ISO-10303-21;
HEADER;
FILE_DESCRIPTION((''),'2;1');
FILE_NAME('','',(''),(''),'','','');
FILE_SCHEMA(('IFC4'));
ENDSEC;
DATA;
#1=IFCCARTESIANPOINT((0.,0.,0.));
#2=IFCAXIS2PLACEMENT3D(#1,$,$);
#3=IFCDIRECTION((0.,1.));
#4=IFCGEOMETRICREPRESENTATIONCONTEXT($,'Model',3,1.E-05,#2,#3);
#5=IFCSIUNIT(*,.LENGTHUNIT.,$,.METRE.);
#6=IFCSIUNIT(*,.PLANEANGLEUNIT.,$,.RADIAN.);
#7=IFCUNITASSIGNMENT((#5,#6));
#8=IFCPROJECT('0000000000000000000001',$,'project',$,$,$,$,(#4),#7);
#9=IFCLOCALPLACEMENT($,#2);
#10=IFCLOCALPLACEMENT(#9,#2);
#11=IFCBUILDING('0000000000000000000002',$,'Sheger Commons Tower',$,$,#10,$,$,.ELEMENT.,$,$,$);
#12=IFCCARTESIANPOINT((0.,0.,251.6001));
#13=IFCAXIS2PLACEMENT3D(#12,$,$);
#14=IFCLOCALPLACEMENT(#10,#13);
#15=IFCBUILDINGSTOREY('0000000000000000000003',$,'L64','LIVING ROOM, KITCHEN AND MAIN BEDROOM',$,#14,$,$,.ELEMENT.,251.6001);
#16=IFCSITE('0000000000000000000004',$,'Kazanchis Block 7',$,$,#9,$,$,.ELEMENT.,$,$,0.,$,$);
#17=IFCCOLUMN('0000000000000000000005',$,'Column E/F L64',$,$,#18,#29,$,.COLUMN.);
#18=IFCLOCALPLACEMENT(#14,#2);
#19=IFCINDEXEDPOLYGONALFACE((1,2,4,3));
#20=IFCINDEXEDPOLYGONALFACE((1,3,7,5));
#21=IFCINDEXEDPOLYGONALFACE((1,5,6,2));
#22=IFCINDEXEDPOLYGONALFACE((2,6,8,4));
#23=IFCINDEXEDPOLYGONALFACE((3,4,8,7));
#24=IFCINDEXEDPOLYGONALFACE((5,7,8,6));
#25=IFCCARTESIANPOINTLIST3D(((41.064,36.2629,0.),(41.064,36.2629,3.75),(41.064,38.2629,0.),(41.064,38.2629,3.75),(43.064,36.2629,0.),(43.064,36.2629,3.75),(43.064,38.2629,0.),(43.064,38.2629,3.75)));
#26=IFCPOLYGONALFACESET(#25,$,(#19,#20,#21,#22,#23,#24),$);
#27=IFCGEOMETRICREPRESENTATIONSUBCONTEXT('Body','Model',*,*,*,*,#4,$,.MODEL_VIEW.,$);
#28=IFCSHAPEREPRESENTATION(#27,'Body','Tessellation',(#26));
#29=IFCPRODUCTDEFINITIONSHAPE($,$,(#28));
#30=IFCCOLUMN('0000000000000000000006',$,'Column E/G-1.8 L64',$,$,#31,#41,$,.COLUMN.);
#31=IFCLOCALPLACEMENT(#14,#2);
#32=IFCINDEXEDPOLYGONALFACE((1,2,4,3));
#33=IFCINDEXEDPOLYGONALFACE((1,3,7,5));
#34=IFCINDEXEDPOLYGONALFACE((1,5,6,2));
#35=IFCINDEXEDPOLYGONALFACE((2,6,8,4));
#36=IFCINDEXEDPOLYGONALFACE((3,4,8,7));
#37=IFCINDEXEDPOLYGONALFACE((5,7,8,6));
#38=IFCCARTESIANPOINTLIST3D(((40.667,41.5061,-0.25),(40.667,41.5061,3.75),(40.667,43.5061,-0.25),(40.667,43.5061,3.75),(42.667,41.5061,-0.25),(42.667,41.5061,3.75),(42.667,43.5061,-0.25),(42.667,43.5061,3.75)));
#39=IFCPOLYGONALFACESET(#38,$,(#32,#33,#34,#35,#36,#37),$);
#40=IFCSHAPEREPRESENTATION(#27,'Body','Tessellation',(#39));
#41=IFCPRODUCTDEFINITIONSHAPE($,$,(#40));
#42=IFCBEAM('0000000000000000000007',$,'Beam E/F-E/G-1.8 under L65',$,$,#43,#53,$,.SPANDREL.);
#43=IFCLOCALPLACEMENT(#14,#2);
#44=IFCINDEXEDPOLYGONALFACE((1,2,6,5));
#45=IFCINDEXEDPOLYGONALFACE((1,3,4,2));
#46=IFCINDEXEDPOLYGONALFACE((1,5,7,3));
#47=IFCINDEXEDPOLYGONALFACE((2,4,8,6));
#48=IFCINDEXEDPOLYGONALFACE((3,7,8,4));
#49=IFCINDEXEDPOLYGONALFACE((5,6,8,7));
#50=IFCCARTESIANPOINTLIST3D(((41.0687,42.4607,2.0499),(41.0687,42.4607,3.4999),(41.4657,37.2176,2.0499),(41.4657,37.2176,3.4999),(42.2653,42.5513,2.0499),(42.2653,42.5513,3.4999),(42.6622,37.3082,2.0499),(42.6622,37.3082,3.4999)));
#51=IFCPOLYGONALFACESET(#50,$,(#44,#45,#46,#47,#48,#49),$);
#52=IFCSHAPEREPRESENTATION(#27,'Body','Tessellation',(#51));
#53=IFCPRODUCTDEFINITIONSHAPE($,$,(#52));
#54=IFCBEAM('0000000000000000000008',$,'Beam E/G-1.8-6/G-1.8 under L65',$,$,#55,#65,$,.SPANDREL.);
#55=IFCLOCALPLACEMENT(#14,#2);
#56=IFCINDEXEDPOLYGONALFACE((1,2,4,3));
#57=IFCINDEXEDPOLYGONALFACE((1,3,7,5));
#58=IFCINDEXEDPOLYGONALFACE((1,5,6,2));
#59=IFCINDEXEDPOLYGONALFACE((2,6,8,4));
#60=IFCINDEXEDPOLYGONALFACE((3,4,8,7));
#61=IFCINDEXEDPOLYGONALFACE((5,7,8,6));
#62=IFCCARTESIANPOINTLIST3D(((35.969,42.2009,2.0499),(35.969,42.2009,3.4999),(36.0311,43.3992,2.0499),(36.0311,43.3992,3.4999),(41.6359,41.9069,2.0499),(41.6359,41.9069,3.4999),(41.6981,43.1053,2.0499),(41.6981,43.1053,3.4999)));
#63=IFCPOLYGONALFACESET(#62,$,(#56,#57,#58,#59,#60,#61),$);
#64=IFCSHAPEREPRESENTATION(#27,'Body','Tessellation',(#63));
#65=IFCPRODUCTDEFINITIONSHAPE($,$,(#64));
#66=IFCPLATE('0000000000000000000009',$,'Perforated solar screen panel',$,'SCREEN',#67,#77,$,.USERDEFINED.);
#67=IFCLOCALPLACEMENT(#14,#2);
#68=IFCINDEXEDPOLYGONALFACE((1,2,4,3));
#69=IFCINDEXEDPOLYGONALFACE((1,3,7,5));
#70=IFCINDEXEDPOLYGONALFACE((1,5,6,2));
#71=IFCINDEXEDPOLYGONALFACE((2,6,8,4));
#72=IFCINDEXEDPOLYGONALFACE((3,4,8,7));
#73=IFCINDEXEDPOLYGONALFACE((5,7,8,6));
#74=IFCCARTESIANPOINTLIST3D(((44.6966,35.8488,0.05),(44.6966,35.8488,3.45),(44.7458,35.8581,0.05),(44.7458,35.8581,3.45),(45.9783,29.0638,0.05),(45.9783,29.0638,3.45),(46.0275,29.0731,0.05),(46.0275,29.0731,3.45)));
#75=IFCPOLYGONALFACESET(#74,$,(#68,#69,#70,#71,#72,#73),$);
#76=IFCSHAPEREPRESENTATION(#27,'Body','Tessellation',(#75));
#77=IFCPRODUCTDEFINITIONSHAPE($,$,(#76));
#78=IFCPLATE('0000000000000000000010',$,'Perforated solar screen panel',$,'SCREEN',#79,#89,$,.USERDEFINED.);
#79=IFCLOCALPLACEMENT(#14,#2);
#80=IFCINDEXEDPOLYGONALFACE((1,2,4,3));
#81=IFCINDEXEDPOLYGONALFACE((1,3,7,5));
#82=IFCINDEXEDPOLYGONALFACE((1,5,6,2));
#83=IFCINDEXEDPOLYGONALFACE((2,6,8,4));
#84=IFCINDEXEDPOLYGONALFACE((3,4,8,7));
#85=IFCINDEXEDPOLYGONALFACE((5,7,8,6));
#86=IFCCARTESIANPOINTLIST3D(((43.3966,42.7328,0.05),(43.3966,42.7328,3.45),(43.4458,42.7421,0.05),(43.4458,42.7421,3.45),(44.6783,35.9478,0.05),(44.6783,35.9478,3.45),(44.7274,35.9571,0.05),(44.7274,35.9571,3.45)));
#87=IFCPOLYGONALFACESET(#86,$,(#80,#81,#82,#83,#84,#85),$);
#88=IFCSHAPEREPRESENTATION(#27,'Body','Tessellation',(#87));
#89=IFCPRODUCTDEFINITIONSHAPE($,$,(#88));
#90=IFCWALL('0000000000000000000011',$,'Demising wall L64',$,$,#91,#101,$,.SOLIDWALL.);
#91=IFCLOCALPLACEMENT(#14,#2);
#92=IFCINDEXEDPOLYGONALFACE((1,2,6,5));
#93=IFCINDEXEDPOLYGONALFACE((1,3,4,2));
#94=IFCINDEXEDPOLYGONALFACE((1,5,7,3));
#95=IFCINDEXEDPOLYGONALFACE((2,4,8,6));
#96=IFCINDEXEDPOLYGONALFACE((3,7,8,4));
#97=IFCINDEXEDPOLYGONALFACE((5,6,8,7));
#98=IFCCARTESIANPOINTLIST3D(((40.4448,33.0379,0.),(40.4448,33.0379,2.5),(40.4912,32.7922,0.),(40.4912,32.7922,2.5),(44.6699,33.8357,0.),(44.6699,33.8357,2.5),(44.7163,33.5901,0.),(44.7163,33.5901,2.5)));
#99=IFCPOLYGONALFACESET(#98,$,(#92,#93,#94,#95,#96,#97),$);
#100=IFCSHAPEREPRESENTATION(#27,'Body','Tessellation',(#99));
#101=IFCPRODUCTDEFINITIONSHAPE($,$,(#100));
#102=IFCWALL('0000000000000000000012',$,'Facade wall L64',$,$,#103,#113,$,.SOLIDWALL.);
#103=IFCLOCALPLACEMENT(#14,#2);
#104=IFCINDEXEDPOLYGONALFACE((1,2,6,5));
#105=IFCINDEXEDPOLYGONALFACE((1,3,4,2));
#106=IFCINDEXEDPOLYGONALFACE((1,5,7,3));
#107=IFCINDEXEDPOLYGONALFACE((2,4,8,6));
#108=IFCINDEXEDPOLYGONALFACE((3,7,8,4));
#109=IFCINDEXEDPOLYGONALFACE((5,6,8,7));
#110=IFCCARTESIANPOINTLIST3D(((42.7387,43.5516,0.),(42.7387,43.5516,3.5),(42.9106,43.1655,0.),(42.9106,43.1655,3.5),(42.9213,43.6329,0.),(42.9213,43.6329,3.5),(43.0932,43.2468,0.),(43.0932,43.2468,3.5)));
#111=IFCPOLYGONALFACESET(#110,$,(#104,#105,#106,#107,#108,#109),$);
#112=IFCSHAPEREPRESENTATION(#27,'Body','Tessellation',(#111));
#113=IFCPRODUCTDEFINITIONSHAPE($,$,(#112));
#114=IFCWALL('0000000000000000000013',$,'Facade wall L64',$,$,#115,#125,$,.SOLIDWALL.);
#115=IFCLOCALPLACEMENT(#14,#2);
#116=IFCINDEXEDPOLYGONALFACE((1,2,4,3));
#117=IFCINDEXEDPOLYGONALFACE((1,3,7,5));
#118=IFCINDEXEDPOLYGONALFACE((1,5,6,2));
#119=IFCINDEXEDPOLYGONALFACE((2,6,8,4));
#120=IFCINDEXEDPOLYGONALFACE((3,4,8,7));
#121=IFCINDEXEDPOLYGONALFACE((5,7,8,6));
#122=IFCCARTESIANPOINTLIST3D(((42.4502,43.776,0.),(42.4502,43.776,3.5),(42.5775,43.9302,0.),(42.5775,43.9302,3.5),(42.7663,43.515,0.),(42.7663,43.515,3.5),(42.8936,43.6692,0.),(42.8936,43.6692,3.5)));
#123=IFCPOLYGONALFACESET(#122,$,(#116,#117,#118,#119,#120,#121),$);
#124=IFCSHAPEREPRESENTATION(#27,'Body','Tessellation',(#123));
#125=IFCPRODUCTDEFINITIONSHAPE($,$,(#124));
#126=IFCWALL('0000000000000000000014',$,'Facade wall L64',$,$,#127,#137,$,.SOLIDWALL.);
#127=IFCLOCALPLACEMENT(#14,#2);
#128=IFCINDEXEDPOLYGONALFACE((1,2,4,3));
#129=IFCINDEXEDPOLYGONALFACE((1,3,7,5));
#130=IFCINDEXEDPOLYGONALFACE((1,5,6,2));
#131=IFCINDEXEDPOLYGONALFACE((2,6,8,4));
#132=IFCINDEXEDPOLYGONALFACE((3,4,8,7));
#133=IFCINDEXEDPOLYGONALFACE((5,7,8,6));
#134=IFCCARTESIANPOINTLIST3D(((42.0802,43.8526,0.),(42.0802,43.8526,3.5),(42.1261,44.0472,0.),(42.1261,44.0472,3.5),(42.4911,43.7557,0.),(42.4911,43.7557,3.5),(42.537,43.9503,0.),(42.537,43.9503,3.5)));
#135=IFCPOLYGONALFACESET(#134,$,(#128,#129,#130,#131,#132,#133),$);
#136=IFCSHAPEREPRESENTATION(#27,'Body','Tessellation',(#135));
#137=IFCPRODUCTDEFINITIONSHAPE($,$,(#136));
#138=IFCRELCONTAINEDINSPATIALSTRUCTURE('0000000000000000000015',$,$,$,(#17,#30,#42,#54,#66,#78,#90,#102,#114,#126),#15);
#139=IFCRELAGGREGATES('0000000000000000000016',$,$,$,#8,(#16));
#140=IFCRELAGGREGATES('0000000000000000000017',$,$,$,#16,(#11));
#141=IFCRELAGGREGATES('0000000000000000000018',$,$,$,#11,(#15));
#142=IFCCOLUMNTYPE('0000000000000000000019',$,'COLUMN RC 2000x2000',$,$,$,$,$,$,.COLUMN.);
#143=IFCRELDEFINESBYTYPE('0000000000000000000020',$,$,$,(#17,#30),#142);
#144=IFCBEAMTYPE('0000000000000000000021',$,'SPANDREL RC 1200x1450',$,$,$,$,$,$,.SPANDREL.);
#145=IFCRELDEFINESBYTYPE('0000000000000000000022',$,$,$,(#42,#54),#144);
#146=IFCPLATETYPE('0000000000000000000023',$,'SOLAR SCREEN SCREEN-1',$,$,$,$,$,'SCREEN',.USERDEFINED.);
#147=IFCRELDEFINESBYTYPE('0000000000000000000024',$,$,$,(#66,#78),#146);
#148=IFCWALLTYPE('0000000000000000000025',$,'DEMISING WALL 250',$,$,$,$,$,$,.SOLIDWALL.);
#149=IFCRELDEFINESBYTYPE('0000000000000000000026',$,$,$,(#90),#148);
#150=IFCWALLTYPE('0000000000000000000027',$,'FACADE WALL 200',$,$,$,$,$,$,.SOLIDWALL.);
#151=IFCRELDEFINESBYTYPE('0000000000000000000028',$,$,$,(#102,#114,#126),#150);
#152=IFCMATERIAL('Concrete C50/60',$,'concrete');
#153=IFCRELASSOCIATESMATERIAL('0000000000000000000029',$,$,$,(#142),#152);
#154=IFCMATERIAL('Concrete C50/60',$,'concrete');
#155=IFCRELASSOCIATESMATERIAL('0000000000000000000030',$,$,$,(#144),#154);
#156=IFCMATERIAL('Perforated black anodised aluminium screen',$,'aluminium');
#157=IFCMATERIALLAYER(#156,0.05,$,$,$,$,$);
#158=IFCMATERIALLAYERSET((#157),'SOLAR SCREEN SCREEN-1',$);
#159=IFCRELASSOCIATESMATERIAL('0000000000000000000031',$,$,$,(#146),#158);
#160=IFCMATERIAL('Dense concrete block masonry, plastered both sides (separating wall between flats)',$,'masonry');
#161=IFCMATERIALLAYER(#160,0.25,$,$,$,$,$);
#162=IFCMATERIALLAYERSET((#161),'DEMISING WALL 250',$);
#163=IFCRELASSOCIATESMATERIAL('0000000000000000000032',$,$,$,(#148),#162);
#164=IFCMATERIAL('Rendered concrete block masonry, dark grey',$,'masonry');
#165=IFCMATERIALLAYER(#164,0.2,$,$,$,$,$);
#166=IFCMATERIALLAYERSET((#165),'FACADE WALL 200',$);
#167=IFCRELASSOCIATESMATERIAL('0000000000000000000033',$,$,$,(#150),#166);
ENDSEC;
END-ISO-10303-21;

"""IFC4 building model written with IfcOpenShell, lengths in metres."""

from ifc_helpers import new_model, si_unit, direction, frame, frame_2d, origin, origin_2d, place, context, subcontext, project, spatial, rectangle, extrude, material, layer, layer_set, material_profile, profile_set, type_object, element, save


model = new_model("IFC4")

# Units and contexts
model_context = context("Model", 3, precision=1e-05, world=origin(), true_north=direction((0.0, 1.0)))
body_context = subcontext(model_context, "Body", "Model", "MODEL_VIEW")
ifc_project = project(units=[si_unit("LENGTHUNIT", "METRE"), si_unit("PLANEANGLEUNIT", "RADIAN")], contexts=[model_context])

# Site, building, storey
site_placement = place(None, origin())
site = spatial("IfcSite", under=ifc_project, at=site_placement, Name="Kazanchis Block 7", CompositionType="ELEMENT", RefElevation=0.0)
building_placement = place(site_placement, origin())
building = spatial("IfcBuilding", under=site, at=building_placement, Name="Sheger Commons Tower", CompositionType="ELEMENT")
storey_placement = place(building_placement, frame((0.0, 0.0, 251.6001)))
storey = spatial("IfcBuildingStorey", under=building, at=storey_placement, Name="L64", Description="LIVING ROOM, KITCHEN AND MAIN BEDROOM", CompositionType="ELEMENT", Elevation=251.6001)

# Columns
ifc_material_1 = material(Name="Concrete C50/60", Category="concrete")
ifc_material_profile_1 = material_profile(ifc_material_1, rectangle(XDim=2.0, YDim=2.0, at=origin_2d()), Name="RC 2000x2000")
ifc_profile_set_1 = profile_set([ifc_material_profile_1], Name="Concrete C50/60")
column_type = type_object("IfcColumnType", Name="COLUMN RC 2000x2000", PredefinedType="COLUMN", material=ifc_profile_set_1)
column_1_placement = place(storey_placement, frame((42.064, 37.2629, 0.0), z_axis=(0.0, 0.0, 1.0), x_axis=(1.0, 0.0, 0.0)))
element("IfcColumn", 1, at=column_1_placement, inside=storey, type_object=column_type, Name="Column E/F L64", PredefinedType="COLUMN", context=body_context, shape_type="SweptSolid", body=[
    extrude(rectangle(XDim=2.0, YDim=2.0, at=origin_2d()), origin(), (0.0, 0.0, 1.0), 3.75),
])
column_2_placement = place(storey_placement, frame((41.667, 42.5061, -0.25), z_axis=(0.0, 0.0, 1.0), x_axis=(1.0, 0.0, 0.0)))
element("IfcColumn", 2, at=column_2_placement, inside=storey, type_object=column_type, Name="Column E/G-1.8 L64", PredefinedType="COLUMN", context=body_context, shape_type="SweptSolid", body=[
    extrude(rectangle(XDim=2.0, YDim=2.0, at=origin_2d()), origin(), (0.0, 0.0, 1.0), 4.0),
])

# Beams
ifc_material_2 = material(Name="Concrete C50/60", Category="concrete")
ifc_material_profile_2 = material_profile(ifc_material_2, rectangle(XDim=1.2, YDim=1.45, at=origin_2d()), Name="RC 1200x1450")
ifc_profile_set_2 = profile_set([ifc_material_profile_2], Name="Concrete C50/60")
beam_type = type_object("IfcBeamType", Name="SPANDREL RC 1200x1450", PredefinedType="SPANDREL", material=ifc_profile_set_2)
beam_1_placement = place(storey_placement, frame((42.064, 37.2629, 2.7749), z_axis=(-0.075496, 0.997146, 0.0), x_axis=(-0.997146, -0.075496, 0.0)))
element("IfcBeam", 3, at=beam_1_placement, inside=storey, type_object=beam_type, Name="Beam E/F-E/G-1.8 under L65", PredefinedType="SPANDREL", context=body_context, shape_type="SweptSolid", body=[
    extrude(rectangle(XDim=1.2, YDim=1.45, at=origin_2d()), origin(), (0.0, 0.0, 1.0), 5.2581),
])
beam_2_placement = place(storey_placement, frame((41.667, 42.5061, 2.7749), z_axis=(-0.998657, 0.0518, 0.0), x_axis=(-0.0518, -0.998657, 0.0)))
element("IfcBeam", 4, at=beam_2_placement, inside=storey, type_object=beam_type, Name="Beam E/G-1.8-6/G-1.8 under L65", PredefinedType="SPANDREL", context=body_context, shape_type="SweptSolid", body=[
    extrude(rectangle(XDim=1.2, YDim=1.45, at=origin_2d()), origin(), (0.0, 0.0, 1.0), 5.6746),
])

# Plates
ifc_material_3 = material(Name="Perforated black anodised aluminium screen", Category="aluminium")
ifc_layer_1 = layer(ifc_material_3, 0.05)
ifc_layer_set_1 = layer_set([ifc_layer_1], Name="SOLAR SCREEN SCREEN-1")
plate_type = type_object("IfcPlateType", Name="SOLAR SCREEN SCREEN-1", ElementType="SCREEN", PredefinedType="USERDEFINED", material=ifc_layer_set_1)
for number, where, z_axis, x_axis, name in (
    (5, (45.3621, 32.4609, 0.05), (0.0, 0.0, 1.0), (-0.185615, 0.982623, 0.0), "Perforated solar screen panel"),
    (6, (44.062, 39.345, 0.05), (0.0, 0.0, 1.0), (-0.185615, 0.982623, 0.0), "Perforated solar screen panel"),
):
    element("IfcPlate", number, at=place(storey_placement, frame(where, z_axis=z_axis, x_axis=x_axis)), inside=storey, type_object=plate_type, Name=name, ObjectType="SCREEN", PredefinedType="USERDEFINED", context=body_context, shape_type="SweptSolid", body=[
        extrude(rectangle(XDim=6.905, YDim=0.05, at=origin_2d()), origin(), (0.0, 0.0, 1.0), 3.3999),
    ])

# Walls
ifc_material_4 = material(Name="Dense concrete block masonry, plastered both sides (separating wall between flats)", Category="masonry")
ifc_layer_2 = layer(ifc_material_4, 0.25)
ifc_layer_set_2 = layer_set([ifc_layer_2], Name="DEMISING WALL 250")
wall_type_1 = type_object("IfcWallType", Name="DEMISING WALL 250", PredefinedType="SOLIDWALL", material=ifc_layer_set_2)
wall_1_placement = place(storey_placement, frame((44.6931, 33.7129, 0.0), z_axis=(0.0, 0.0, 1.0), x_axis=(-0.982634, -0.185557, 0.0)))
element("IfcWall", 7, at=wall_1_placement, inside=storey, type_object=wall_type_1, Name="Demising wall L64", PredefinedType="SOLIDWALL", context=body_context, shape_type="SweptSolid", body=[
    extrude(rectangle(XDim=4.2998, YDim=0.25, at=frame_2d((2.1499, 0.0))), origin(), (0.0, 0.0, 1.0), 2.5),
])
ifc_material_5 = material(Name="Rendered concrete block masonry, dark grey", Category="masonry")
ifc_layer_3 = layer(ifc_material_5, 0.2)
ifc_layer_set_3 = layer_set([ifc_layer_3], Name="FACADE WALL 200")
wall_type_2 = type_object("IfcWallType", Name="FACADE WALL 200", PredefinedType="SOLIDWALL", material=ifc_layer_set_3)
wall_2_placement = place(storey_placement, frame((43.002, 43.2061, 0.0), z_axis=(0.0, 0.0, 1.0), x_axis=(-0.406782, 0.913525, 0.0)))
element("IfcWall", 8, at=wall_2_placement, inside=storey, type_object=wall_type_2, Name="Facade wall L64", PredefinedType="SOLIDWALL", context=body_context, shape_type="SweptSolid", body=[
    extrude(rectangle(XDim=0.4226, YDim=0.2, at=frame_2d((0.2114, 0.0))), origin(), (0.0, 0.0, 1.0), 3.5),
])
wall_3_placement = place(storey_placement, frame((42.8301, 43.592, 0.0), z_axis=(0.0, 0.0, 1.0), x_axis=(-0.771191, 0.636604, 0.0)))
element("IfcWall", 9, at=wall_3_placement, inside=storey, type_object=wall_type_2, Name="Facade wall L64", PredefinedType="SOLIDWALL", context=body_context, shape_type="SweptSolid", body=[
    extrude(rectangle(XDim=0.4099, YDim=0.2, at=frame_2d((0.2051, 0.0))), origin(), (0.0, 0.0, 1.0), 3.5),
])
wall_4_placement = place(storey_placement, frame((42.5139, 43.853, 0.0), z_axis=(0.0, 0.0, 1.0), x_axis=(-0.973288, 0.229587, 0.0)))
element("IfcWall", 10, at=wall_4_placement, inside=storey, type_object=wall_type_2, Name="Facade wall L64", PredefinedType="SOLIDWALL", context=body_context, shape_type="SweptSolid", body=[
    extrude(rectangle(XDim=0.4221, YDim=0.2, at=frame_2d((0.2109, 0.0))), origin(), (0.0, 0.0, 1.0), 3.5),
])

save(model, "model.ifc")
